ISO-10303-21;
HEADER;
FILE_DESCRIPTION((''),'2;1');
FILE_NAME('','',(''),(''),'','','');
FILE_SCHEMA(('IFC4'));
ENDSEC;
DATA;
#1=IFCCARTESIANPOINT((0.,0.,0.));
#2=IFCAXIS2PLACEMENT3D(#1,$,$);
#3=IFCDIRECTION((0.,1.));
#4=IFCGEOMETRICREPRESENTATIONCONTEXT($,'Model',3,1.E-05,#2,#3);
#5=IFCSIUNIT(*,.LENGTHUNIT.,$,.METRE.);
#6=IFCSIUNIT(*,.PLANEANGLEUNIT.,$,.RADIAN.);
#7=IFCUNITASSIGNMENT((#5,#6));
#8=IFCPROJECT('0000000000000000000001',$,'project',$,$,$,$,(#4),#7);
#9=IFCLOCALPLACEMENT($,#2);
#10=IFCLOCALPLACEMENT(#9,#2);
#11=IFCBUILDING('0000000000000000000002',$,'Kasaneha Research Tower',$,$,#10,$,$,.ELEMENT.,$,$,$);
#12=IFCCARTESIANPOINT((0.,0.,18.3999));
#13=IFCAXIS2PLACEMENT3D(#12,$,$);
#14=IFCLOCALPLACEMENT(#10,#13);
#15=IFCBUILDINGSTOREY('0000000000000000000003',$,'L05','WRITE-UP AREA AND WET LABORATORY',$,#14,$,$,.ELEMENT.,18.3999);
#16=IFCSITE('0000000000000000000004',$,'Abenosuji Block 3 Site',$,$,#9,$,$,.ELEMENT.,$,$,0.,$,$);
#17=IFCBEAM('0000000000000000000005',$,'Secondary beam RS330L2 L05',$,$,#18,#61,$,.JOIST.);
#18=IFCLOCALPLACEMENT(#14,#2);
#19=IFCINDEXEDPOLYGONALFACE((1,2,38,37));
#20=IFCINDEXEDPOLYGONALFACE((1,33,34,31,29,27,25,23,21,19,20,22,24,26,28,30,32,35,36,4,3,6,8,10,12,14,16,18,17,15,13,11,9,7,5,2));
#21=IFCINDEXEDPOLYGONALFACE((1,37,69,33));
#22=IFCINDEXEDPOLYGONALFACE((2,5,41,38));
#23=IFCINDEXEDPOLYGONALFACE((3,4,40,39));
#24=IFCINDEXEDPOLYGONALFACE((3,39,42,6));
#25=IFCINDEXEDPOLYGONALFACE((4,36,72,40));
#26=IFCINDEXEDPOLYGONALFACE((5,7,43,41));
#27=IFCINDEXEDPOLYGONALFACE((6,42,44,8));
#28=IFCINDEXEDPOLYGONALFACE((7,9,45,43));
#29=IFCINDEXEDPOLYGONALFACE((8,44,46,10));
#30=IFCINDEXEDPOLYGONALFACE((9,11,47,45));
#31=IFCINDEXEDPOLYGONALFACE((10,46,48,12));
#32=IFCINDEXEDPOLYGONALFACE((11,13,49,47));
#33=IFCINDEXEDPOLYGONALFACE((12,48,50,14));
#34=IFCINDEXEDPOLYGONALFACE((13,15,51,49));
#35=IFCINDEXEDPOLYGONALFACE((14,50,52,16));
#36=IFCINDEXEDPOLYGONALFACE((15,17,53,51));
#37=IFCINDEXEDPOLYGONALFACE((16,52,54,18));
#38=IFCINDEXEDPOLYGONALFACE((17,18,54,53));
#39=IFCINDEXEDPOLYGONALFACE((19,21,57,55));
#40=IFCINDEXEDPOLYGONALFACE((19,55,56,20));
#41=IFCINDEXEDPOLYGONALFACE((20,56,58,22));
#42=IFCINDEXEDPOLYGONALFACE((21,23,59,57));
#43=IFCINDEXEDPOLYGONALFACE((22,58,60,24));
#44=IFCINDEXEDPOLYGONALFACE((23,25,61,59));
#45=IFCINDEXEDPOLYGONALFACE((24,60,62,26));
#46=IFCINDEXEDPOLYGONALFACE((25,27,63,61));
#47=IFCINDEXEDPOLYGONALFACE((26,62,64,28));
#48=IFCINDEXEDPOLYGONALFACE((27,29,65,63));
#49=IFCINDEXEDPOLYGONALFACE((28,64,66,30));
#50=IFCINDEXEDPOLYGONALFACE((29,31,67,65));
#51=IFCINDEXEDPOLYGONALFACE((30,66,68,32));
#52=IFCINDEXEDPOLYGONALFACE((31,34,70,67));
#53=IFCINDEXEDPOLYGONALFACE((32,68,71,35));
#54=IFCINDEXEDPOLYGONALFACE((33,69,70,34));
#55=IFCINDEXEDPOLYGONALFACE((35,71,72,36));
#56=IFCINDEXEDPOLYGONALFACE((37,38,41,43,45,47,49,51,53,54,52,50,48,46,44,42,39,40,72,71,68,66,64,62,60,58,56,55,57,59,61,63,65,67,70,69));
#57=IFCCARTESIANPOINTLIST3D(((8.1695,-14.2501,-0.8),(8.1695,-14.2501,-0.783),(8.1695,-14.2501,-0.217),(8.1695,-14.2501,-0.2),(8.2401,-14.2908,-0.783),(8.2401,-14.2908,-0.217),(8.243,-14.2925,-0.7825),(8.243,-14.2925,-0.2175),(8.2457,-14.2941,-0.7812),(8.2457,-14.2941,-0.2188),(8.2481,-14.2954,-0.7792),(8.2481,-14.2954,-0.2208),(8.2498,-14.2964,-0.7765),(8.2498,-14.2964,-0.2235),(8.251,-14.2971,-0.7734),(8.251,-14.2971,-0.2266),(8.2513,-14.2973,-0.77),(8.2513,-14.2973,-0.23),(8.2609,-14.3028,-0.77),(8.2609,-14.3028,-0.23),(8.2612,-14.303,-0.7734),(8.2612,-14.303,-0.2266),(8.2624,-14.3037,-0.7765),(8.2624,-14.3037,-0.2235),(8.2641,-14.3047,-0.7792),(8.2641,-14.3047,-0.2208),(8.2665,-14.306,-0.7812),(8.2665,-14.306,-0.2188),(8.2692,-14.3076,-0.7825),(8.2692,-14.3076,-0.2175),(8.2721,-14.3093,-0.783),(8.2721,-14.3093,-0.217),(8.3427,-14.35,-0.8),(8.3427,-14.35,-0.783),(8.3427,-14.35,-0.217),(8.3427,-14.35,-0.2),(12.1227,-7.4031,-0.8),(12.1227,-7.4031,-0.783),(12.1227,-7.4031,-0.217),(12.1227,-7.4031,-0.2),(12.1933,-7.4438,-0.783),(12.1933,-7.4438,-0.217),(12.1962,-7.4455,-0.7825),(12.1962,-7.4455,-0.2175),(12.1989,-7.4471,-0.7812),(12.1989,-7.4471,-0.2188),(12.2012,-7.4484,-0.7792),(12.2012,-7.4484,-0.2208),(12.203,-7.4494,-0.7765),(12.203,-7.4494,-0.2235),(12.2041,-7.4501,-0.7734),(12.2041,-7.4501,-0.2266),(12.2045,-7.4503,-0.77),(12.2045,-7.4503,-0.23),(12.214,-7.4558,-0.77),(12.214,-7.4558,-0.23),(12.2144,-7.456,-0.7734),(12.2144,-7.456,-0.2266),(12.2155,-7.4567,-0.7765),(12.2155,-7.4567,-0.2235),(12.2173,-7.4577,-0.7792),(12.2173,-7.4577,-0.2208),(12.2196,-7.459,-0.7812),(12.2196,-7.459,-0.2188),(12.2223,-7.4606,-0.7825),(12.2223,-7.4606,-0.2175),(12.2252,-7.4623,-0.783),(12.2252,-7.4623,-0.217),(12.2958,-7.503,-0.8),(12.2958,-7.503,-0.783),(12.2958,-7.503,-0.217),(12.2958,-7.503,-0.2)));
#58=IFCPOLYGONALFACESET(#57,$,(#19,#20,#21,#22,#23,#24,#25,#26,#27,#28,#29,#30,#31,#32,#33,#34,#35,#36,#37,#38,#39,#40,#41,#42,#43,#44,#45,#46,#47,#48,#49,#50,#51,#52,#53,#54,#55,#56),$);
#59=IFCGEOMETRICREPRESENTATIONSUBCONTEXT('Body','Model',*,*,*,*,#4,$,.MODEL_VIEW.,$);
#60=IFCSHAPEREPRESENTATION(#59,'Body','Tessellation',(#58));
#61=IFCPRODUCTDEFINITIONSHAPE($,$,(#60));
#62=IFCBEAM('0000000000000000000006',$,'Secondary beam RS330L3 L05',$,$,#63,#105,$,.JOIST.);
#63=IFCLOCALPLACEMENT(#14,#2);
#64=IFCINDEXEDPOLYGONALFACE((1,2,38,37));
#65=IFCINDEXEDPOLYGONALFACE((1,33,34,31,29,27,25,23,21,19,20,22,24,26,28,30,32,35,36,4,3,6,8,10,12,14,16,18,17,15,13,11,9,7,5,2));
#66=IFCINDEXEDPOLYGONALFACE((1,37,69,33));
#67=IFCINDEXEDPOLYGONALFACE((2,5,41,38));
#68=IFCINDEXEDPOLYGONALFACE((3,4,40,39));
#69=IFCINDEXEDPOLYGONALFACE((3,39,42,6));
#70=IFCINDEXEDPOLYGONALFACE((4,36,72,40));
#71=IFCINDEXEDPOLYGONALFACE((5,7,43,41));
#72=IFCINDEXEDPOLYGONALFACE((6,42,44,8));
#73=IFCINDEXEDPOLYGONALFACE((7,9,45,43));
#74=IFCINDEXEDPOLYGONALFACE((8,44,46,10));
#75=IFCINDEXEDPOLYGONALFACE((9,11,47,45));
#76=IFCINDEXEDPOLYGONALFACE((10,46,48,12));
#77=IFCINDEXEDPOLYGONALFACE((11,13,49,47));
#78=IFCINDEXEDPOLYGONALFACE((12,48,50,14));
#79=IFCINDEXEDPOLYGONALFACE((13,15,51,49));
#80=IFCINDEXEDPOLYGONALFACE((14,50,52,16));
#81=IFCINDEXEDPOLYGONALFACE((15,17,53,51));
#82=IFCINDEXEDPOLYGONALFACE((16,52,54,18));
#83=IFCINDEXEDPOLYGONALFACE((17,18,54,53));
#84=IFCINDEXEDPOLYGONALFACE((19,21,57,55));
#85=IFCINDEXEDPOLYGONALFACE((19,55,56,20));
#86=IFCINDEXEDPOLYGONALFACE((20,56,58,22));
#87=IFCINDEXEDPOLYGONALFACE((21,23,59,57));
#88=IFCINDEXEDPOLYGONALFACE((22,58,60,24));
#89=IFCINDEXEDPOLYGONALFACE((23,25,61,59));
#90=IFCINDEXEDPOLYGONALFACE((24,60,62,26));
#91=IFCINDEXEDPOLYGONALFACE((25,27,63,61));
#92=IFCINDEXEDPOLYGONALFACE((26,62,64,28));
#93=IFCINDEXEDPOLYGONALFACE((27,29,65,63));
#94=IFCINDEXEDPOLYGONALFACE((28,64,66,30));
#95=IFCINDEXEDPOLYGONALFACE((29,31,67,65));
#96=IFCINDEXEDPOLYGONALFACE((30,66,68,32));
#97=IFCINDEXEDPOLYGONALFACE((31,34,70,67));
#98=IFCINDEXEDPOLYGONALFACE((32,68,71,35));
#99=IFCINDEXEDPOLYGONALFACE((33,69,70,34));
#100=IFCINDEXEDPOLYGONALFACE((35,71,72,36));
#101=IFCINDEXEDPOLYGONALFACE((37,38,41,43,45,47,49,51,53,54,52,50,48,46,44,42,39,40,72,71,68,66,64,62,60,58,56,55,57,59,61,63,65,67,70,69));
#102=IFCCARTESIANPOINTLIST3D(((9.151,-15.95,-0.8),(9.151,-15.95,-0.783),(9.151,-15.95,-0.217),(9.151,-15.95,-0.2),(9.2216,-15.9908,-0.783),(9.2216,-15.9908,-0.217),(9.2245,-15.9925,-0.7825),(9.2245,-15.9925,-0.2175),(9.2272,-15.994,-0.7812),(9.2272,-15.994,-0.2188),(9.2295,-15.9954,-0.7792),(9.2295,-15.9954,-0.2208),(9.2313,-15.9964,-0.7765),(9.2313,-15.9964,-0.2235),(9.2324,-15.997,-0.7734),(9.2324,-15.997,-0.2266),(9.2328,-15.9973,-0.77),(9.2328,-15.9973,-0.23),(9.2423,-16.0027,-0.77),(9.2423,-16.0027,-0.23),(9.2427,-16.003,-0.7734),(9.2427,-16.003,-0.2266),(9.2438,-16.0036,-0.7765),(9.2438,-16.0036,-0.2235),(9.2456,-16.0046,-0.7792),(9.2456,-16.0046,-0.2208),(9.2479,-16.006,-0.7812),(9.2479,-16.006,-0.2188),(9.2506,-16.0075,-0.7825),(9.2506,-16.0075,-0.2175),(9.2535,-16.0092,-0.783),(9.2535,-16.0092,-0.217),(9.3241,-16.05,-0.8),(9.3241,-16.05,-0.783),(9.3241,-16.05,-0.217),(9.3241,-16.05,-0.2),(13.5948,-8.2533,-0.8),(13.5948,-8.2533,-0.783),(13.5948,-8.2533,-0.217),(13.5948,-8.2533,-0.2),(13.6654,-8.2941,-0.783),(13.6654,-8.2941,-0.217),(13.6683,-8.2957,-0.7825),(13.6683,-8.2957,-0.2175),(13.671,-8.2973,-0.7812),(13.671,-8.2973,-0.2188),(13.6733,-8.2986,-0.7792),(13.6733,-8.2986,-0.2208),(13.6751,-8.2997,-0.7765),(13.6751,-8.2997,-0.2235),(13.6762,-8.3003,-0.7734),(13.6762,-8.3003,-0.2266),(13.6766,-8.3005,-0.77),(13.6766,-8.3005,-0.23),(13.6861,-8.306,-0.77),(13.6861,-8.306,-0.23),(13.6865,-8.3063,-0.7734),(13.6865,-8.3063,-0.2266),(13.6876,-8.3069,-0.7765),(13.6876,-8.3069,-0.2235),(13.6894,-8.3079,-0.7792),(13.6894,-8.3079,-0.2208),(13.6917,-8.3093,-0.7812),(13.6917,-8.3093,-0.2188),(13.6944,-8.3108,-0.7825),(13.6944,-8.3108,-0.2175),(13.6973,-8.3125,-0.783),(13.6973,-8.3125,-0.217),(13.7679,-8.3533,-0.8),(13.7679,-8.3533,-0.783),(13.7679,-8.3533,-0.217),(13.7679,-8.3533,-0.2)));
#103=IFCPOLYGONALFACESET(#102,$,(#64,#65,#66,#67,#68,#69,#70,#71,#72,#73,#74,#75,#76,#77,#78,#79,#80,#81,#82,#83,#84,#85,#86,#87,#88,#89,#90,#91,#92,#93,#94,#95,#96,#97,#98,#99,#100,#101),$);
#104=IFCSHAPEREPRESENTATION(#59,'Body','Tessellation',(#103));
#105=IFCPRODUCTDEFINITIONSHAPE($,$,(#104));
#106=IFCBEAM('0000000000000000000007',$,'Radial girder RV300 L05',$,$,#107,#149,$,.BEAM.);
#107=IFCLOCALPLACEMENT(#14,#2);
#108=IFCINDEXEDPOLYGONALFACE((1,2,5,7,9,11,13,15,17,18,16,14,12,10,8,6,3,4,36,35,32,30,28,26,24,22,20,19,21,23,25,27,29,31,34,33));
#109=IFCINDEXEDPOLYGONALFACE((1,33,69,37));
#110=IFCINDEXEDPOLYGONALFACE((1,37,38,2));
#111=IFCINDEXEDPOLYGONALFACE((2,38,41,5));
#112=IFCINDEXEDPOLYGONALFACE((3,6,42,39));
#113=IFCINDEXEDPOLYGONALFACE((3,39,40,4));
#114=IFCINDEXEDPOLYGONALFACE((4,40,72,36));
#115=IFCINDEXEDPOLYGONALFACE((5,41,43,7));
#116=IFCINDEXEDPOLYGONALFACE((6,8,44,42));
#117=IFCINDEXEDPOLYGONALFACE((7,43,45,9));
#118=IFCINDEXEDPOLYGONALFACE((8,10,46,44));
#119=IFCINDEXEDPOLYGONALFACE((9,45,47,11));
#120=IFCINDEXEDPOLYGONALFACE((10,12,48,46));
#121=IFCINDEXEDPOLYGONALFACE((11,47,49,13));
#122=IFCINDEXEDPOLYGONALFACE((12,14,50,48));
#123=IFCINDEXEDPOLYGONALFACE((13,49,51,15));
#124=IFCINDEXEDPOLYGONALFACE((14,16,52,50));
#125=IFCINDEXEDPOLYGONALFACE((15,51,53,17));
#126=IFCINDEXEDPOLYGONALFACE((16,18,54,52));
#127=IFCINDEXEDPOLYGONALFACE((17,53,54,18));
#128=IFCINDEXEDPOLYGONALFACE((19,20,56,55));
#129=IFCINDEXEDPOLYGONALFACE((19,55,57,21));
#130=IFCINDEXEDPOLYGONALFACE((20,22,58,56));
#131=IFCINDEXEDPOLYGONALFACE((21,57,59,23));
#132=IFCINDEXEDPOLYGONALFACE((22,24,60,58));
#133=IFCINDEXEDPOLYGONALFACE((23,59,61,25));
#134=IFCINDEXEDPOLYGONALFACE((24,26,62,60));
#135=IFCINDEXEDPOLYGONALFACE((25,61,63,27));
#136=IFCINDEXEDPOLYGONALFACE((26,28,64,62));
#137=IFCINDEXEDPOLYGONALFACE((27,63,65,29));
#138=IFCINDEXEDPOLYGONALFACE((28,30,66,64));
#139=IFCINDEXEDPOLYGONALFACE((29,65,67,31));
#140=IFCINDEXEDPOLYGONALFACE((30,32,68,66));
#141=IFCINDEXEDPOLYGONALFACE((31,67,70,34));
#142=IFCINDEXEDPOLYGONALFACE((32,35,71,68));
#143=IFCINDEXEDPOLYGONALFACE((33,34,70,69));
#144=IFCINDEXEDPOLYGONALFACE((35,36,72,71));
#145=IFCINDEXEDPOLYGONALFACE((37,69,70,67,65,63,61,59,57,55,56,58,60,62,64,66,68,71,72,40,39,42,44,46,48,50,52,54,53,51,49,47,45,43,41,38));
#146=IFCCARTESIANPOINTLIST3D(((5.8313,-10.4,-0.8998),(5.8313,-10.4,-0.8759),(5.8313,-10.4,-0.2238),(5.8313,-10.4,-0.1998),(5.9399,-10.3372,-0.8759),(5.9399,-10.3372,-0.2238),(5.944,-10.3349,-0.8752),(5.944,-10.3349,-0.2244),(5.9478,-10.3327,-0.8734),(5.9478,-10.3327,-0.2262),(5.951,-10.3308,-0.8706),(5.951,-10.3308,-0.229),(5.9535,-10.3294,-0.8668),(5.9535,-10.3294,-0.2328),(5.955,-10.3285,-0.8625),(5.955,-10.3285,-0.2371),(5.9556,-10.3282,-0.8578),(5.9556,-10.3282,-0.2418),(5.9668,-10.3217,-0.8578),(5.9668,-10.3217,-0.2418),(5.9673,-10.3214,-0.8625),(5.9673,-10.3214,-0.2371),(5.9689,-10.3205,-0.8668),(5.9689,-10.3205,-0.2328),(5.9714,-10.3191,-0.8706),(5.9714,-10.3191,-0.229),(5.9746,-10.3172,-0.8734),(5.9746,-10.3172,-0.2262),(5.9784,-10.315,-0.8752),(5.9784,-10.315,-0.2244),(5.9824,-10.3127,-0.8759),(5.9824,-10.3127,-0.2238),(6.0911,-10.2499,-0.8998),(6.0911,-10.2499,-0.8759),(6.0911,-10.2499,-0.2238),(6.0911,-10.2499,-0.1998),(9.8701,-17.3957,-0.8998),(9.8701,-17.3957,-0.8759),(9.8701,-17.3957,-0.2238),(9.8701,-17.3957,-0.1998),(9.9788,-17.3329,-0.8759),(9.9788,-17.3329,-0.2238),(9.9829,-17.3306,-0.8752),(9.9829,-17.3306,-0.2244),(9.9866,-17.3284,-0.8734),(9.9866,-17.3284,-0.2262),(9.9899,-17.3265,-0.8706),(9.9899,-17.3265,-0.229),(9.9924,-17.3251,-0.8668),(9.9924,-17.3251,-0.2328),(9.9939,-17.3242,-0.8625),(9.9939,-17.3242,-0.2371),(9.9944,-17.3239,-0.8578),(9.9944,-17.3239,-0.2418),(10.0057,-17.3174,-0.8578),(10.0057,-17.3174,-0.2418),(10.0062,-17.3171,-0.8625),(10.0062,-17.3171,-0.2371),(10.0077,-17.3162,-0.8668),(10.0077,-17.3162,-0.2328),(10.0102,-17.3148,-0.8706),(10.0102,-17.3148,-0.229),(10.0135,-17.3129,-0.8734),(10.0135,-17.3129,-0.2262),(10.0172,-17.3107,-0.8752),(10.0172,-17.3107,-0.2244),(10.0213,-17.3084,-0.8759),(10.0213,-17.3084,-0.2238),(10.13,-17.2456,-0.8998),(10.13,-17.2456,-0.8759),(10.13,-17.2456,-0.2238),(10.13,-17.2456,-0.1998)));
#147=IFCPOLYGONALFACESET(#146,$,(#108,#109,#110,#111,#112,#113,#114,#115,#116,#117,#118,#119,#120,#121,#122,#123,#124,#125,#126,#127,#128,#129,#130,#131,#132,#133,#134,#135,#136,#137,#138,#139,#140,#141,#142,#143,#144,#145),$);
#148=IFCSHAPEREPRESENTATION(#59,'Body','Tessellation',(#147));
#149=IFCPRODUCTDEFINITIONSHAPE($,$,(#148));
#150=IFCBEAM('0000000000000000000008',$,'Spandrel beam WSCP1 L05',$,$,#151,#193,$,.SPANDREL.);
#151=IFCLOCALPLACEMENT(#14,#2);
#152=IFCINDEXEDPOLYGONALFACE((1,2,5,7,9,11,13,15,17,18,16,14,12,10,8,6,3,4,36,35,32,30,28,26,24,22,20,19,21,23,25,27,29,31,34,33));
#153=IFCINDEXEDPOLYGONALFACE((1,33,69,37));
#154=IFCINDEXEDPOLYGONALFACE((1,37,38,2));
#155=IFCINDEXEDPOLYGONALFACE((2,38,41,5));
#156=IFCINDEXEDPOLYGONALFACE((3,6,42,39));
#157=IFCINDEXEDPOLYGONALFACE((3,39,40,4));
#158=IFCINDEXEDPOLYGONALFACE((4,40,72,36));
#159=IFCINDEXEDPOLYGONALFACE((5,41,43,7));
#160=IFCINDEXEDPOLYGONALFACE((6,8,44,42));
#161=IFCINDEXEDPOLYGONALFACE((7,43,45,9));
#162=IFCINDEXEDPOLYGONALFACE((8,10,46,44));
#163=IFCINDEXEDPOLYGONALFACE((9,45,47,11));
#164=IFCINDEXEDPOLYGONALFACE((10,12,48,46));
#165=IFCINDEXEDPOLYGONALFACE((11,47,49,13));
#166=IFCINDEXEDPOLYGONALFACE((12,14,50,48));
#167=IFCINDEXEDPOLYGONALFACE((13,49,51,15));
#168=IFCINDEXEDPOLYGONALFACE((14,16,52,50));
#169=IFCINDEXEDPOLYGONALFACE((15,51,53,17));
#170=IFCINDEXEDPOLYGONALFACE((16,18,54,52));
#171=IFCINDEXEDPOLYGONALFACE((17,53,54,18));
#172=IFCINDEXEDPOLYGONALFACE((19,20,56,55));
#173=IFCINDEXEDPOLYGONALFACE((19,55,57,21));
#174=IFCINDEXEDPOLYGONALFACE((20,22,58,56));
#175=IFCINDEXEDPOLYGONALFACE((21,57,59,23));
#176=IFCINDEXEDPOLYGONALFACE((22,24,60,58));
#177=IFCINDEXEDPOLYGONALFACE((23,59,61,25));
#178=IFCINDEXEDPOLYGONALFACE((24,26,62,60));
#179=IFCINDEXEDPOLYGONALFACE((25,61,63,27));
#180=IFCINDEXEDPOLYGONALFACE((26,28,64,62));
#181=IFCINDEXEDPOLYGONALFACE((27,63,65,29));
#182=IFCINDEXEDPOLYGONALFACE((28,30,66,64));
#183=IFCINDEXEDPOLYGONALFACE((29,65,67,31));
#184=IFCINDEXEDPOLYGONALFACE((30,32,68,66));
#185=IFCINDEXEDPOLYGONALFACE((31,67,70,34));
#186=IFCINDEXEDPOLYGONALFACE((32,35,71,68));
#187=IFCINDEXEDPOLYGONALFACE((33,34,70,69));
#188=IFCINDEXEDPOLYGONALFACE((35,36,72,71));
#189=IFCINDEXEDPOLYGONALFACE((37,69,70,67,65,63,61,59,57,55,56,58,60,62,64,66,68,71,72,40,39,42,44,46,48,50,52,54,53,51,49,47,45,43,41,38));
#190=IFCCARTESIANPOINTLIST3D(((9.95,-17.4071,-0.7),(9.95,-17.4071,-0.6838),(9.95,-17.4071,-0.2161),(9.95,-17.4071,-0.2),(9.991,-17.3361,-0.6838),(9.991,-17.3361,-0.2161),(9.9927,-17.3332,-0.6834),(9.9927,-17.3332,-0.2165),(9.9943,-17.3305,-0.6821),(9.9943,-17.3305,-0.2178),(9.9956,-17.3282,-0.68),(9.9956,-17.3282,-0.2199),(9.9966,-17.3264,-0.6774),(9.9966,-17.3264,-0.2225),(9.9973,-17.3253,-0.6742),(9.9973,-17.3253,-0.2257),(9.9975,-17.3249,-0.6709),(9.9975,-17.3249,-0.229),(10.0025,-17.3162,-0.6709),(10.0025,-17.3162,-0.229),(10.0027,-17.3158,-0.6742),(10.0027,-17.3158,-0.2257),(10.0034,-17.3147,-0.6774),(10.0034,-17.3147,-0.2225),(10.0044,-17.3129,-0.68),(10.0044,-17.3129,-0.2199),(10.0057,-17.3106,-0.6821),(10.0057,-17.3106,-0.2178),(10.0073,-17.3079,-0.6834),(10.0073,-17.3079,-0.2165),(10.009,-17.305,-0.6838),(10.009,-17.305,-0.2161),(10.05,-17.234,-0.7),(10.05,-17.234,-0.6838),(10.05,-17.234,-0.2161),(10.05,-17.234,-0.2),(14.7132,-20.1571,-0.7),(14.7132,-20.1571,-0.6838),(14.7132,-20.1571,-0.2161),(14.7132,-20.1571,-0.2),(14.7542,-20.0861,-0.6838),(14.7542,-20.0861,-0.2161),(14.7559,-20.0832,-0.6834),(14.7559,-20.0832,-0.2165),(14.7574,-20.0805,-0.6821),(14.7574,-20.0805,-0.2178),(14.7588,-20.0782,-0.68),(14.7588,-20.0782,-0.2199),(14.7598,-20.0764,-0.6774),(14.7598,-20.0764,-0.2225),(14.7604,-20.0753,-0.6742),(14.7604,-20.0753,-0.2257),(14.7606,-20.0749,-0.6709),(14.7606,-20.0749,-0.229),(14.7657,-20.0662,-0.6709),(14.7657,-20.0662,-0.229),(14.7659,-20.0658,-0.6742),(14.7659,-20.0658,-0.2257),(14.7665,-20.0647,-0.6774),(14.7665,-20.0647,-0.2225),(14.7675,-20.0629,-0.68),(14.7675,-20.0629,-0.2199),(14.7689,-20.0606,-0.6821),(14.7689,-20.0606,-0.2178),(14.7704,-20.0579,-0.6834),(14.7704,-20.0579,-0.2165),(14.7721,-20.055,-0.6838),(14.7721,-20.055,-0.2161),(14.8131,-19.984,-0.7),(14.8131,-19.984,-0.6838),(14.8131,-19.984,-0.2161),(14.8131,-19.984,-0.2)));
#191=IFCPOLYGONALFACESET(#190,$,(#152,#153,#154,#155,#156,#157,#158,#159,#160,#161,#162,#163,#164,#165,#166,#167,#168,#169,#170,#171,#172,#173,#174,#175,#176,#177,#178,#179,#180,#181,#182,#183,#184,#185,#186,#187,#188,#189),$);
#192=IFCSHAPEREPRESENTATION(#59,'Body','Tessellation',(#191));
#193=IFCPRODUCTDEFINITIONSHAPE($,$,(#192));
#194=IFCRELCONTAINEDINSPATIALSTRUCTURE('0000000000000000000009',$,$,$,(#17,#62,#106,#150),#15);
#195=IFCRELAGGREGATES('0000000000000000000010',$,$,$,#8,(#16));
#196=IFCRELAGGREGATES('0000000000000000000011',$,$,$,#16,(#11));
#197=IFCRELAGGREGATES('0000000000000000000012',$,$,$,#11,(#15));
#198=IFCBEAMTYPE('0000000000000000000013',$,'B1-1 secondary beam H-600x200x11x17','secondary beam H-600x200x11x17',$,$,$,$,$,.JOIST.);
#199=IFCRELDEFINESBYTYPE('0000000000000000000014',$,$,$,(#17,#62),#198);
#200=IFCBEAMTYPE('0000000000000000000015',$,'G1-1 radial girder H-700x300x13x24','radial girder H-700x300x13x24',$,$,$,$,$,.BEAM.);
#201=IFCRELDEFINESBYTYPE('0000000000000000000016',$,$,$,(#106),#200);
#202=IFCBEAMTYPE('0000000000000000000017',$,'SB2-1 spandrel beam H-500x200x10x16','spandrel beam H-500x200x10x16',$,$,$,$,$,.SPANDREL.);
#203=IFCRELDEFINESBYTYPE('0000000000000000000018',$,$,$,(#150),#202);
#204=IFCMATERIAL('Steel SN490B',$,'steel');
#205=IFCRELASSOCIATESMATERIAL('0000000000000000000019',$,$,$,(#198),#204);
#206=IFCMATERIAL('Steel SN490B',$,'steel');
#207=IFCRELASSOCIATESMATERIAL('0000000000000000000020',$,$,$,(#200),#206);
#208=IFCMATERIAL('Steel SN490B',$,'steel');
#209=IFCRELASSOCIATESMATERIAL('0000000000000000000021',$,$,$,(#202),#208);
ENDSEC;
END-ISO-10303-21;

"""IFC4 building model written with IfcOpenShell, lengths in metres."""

from ifc_helpers import new_model, si_unit, direction, frame, origin, origin_2d, place, context, subcontext, project, spatial, i_section, extrude, material, material_profile, profile_set, type_object, element, save


model = new_model("IFC4")

# Units and contexts
model_context = context("Model", 3, precision=1e-05, world=origin(), true_north=direction((0.0, 1.0)))
body_context = subcontext(model_context, "Body", "Model", "MODEL_VIEW")
ifc_project = project(units=[si_unit("LENGTHUNIT", "METRE"), si_unit("PLANEANGLEUNIT", "RADIAN")], contexts=[model_context])

# Site, building, storey
site_placement = place(None, origin())
site = spatial("IfcSite", under=ifc_project, at=site_placement, Name="Abenosuji Block 3 Site", CompositionType="ELEMENT", RefElevation=0.0)
building_placement = place(site_placement, origin())
building = spatial("IfcBuilding", under=site, at=building_placement, Name="Kasaneha Research Tower", CompositionType="ELEMENT")
storey_placement = place(building_placement, frame((0.0, 0.0, 18.3999)))
storey = spatial("IfcBuildingStorey", under=building, at=storey_placement, Name="L05", Description="WRITE-UP AREA AND WET LABORATORY", CompositionType="ELEMENT", Elevation=18.3999)

# Beams
ifc_material_1 = material(Name="Steel SN490B", Category="steel")
ifc_material_profile_1 = material_profile(ifc_material_1, i_section(OverallWidth=0.2, OverallDepth=0.6001, WebThickness=0.011, FlangeThickness=0.0171, FilletRadius=0.0129, at=origin_2d()), Name="H-600x200x11x17")
ifc_profile_set_1 = profile_set([ifc_material_profile_1], Name="Steel SN490B")
beam_type_1 = type_object("IfcBeamType", Name="B1-1 secondary beam H-600x200x11x17", Description="secondary beam H-600x200x11x17", PredefinedType="JOIST", material=ifc_profile_set_1)
beam_1_placement = place(storey_placement, frame((8.2561, -14.3, -0.5), z_axis=(0.500005, 0.866023, 0.0), x_axis=(-0.866023, 0.500005, 0.0)))
element("IfcBeam", 1, at=beam_1_placement, inside=storey, type_object=beam_type_1, Name="Secondary beam RS330L2 L05", PredefinedType="JOIST", context=body_context, shape_type="SweptSolid", body=[
    extrude(i_section(OverallWidth=0.2, OverallDepth=0.6001, WebThickness=0.011, FlangeThickness=0.0171, FilletRadius=0.0129, at=origin_2d()), origin(), (0.0, 0.0, 1.0), 7.9062),
])
beam_2_placement = place(storey_placement, frame((9.2375, -16.0, -0.5), z_axis=(0.500009, 0.86602, 0.0), x_axis=(-0.86602, 0.500009, 0.0)))
element("IfcBeam", 2, at=beam_2_placement, inside=storey, type_object=beam_type_1, Name="Secondary beam RS330L3 L05", PredefinedType="JOIST", context=body_context, shape_type="SweptSolid", body=[
    extrude(i_section(OverallWidth=0.2, OverallDepth=0.6001, WebThickness=0.011, FlangeThickness=0.0171, FilletRadius=0.0129, at=origin_2d()), origin(), (0.0, 0.0, 1.0), 8.8875),
])
ifc_material_2 = material(Name="Steel SN490B", Category="steel")
ifc_material_profile_2 = material_profile(ifc_material_2, i_section(OverallWidth=0.3, OverallDepth=0.7, WebThickness=0.0129, FlangeThickness=0.0239, FilletRadius=0.0181, at=origin_2d()), Name="H-700x300x13x24")
ifc_profile_set_2 = profile_set([ifc_material_profile_2], Name="Steel SN490B")
beam_type_2 = type_object("IfcBeamType", Name="G1-1 radial girder H-700x300x13x24", Description="radial girder H-700x300x13x24", PredefinedType="BEAM", material=ifc_profile_set_2)
beam_3_placement = place(storey_placement, frame((5.9612, -10.325, -0.5498), z_axis=(0.499991, -0.866031, 0.0), x_axis=(0.866031, 0.499991, 0.0)))
element("IfcBeam", 3, at=beam_3_placement, inside=storey, type_object=beam_type_2, Name="Radial girder RV300 L05", PredefinedType="BEAM", context=body_context, shape_type="SweptSolid", body=[
    extrude(i_section(OverallWidth=0.3, OverallDepth=0.7, WebThickness=0.0129, FlangeThickness=0.0239, FilletRadius=0.0181, at=origin_2d()), origin(), (0.0, 0.0, 1.0), 8.0779),
])
ifc_material_3 = material(Name="Steel SN490B", Category="steel")
ifc_material_profile_3 = material_profile(ifc_material_3, i_section(OverallWidth=0.2, OverallDepth=0.5, WebThickness=0.01, FlangeThickness=0.0161, FilletRadius=0.0129, at=origin_2d()), Name="H-500x200x10x16")
ifc_profile_set_3 = profile_set([ifc_material_profile_3], Name="Steel SN490B")
beam_type_3 = type_object("IfcBeamType", Name="SB2-1 spandrel beam H-500x200x10x16", Description="spandrel beam H-500x200x10x16", PredefinedType="SPANDREL", material=ifc_profile_set_3)
beam_4_placement = place(storey_placement, frame((10.0, -17.3206, -0.45), z_axis=(0.866027, -0.499997, 0.0), x_axis=(0.499997, 0.866027, 0.0)))
element("IfcBeam", 4, at=beam_4_placement, inside=storey, type_object=beam_type_3, Name="Spandrel beam WSCP1 L05", PredefinedType="SPANDREL", context=body_context, shape_type="SweptSolid", body=[
    extrude(i_section(OverallWidth=0.2, OverallDepth=0.5, WebThickness=0.01, FlangeThickness=0.0161, FilletRadius=0.0129, at=origin_2d()), origin(), (0.0, 0.0, 1.0), 5.5),
])

save(model, "model.ifc")
